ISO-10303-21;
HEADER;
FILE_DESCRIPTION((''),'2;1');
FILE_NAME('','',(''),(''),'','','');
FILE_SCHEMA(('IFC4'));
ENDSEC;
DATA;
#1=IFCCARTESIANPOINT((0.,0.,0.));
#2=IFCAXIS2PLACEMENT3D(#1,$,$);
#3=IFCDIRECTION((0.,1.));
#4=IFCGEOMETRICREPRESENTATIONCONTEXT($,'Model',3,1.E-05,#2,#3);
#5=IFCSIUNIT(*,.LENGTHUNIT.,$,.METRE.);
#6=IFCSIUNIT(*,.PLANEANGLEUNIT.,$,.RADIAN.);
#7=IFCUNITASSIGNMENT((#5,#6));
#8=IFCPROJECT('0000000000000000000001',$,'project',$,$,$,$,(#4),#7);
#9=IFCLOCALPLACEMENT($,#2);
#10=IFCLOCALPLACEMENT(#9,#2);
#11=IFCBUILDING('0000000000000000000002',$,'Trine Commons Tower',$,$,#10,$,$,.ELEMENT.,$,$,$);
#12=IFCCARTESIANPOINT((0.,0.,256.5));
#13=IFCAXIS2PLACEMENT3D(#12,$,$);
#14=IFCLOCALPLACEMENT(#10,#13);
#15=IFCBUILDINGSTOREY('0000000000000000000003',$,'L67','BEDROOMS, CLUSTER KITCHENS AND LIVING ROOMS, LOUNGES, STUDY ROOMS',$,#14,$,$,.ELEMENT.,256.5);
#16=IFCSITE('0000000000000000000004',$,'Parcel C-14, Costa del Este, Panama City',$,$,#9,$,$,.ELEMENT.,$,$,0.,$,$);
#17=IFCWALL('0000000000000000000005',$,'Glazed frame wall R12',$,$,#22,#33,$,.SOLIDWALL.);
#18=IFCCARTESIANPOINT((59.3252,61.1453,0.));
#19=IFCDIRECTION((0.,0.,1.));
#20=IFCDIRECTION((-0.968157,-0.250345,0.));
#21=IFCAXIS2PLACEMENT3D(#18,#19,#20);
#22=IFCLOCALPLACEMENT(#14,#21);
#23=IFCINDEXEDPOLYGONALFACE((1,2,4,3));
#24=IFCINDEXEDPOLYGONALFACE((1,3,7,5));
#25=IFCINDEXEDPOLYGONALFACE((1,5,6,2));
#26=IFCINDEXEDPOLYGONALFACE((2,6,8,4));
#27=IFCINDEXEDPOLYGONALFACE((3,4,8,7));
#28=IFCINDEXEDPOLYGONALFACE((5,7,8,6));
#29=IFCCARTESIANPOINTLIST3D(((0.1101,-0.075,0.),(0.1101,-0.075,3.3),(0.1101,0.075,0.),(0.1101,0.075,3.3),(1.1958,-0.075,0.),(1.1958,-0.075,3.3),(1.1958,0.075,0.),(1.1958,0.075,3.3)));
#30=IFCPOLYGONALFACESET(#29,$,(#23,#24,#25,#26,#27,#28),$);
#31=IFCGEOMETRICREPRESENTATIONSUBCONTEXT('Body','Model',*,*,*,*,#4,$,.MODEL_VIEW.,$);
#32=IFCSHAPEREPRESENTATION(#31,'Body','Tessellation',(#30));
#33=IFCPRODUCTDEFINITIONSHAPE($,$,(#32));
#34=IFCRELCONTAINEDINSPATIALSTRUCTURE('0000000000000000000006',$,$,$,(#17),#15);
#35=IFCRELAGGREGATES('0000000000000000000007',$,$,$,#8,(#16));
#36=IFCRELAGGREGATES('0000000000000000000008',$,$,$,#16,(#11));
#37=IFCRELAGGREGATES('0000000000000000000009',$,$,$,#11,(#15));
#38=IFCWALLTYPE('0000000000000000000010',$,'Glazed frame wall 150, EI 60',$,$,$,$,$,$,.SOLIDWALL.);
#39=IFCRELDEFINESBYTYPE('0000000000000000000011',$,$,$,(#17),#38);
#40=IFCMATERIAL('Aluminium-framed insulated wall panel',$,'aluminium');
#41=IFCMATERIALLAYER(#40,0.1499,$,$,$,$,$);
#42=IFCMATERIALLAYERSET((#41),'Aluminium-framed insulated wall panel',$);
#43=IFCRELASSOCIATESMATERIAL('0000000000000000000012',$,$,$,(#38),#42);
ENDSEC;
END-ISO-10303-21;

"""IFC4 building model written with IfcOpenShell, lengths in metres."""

from ifc_helpers import new_model, si_unit, direction, frame, origin, place, context, subcontext, project, spatial, polyline, outline, extrude, material, layer, layer_set, type_object, element, save


model = new_model("IFC4")

# Units and contexts
model_context = context("Model", 3, precision=1e-05, world=origin(), true_north=direction((0.0, 1.0)))
body_context = subcontext(model_context, "Body", "Model", "MODEL_VIEW")
ifc_project = project(units=[si_unit("LENGTHUNIT", "METRE"), si_unit("PLANEANGLEUNIT", "RADIAN")], contexts=[model_context])

# Site, building, storey
site_placement = place(None, origin())
site = spatial("IfcSite", under=ifc_project, at=site_placement, Name="Parcel C-14, Costa del Este, Panama City", CompositionType="ELEMENT", RefElevation=0.0)
building_placement = place(site_placement, origin())
building = spatial("IfcBuilding", under=site, at=building_placement, Name="Trine Commons Tower", CompositionType="ELEMENT")
storey_placement = place(building_placement, frame((0.0, 0.0, 256.5)))
storey = spatial("IfcBuildingStorey", under=building, at=storey_placement, Name="L67", Description="BEDROOMS, CLUSTER KITCHENS AND LIVING ROOMS, LOUNGES, STUDY ROOMS", CompositionType="ELEMENT", Elevation=256.5)

# Shared definitions
ifc_material_1 = material(Name="Aluminium-framed insulated wall panel", Category="aluminium")
ifc_layer_1 = layer(ifc_material_1, 0.1499)
ifc_layer_set_1 = layer_set([ifc_layer_1], Name="Aluminium-framed insulated wall panel")
wall_type_1 = type_object("IfcWallType", Name="Glazed frame wall 150, EI 60", PredefinedType="SOLIDWALL", material=ifc_layer_set_1)

# Wall
wall_1_placement = place(storey_placement, frame((59.3252, 61.1453, 0.0), z_axis=(0.0, 0.0, 1.0), x_axis=(-0.968157, -0.250345, 0.0)))
element("IfcWall", 1, at=wall_1_placement, inside=storey, type_object=wall_type_1, Name="Glazed frame wall R12", PredefinedType="SOLIDWALL", context=body_context, shape_type="SweptSolid", body=[
    extrude(outline(polyline([(0.1101, 0.075), (0.1101, -0.075), (1.1958, -0.075), (1.1958, 0.075), (0.1101, 0.075)])), origin(), (0.0, 0.0, 1.0), 3.3),
])

save(model, "model.ifc")
